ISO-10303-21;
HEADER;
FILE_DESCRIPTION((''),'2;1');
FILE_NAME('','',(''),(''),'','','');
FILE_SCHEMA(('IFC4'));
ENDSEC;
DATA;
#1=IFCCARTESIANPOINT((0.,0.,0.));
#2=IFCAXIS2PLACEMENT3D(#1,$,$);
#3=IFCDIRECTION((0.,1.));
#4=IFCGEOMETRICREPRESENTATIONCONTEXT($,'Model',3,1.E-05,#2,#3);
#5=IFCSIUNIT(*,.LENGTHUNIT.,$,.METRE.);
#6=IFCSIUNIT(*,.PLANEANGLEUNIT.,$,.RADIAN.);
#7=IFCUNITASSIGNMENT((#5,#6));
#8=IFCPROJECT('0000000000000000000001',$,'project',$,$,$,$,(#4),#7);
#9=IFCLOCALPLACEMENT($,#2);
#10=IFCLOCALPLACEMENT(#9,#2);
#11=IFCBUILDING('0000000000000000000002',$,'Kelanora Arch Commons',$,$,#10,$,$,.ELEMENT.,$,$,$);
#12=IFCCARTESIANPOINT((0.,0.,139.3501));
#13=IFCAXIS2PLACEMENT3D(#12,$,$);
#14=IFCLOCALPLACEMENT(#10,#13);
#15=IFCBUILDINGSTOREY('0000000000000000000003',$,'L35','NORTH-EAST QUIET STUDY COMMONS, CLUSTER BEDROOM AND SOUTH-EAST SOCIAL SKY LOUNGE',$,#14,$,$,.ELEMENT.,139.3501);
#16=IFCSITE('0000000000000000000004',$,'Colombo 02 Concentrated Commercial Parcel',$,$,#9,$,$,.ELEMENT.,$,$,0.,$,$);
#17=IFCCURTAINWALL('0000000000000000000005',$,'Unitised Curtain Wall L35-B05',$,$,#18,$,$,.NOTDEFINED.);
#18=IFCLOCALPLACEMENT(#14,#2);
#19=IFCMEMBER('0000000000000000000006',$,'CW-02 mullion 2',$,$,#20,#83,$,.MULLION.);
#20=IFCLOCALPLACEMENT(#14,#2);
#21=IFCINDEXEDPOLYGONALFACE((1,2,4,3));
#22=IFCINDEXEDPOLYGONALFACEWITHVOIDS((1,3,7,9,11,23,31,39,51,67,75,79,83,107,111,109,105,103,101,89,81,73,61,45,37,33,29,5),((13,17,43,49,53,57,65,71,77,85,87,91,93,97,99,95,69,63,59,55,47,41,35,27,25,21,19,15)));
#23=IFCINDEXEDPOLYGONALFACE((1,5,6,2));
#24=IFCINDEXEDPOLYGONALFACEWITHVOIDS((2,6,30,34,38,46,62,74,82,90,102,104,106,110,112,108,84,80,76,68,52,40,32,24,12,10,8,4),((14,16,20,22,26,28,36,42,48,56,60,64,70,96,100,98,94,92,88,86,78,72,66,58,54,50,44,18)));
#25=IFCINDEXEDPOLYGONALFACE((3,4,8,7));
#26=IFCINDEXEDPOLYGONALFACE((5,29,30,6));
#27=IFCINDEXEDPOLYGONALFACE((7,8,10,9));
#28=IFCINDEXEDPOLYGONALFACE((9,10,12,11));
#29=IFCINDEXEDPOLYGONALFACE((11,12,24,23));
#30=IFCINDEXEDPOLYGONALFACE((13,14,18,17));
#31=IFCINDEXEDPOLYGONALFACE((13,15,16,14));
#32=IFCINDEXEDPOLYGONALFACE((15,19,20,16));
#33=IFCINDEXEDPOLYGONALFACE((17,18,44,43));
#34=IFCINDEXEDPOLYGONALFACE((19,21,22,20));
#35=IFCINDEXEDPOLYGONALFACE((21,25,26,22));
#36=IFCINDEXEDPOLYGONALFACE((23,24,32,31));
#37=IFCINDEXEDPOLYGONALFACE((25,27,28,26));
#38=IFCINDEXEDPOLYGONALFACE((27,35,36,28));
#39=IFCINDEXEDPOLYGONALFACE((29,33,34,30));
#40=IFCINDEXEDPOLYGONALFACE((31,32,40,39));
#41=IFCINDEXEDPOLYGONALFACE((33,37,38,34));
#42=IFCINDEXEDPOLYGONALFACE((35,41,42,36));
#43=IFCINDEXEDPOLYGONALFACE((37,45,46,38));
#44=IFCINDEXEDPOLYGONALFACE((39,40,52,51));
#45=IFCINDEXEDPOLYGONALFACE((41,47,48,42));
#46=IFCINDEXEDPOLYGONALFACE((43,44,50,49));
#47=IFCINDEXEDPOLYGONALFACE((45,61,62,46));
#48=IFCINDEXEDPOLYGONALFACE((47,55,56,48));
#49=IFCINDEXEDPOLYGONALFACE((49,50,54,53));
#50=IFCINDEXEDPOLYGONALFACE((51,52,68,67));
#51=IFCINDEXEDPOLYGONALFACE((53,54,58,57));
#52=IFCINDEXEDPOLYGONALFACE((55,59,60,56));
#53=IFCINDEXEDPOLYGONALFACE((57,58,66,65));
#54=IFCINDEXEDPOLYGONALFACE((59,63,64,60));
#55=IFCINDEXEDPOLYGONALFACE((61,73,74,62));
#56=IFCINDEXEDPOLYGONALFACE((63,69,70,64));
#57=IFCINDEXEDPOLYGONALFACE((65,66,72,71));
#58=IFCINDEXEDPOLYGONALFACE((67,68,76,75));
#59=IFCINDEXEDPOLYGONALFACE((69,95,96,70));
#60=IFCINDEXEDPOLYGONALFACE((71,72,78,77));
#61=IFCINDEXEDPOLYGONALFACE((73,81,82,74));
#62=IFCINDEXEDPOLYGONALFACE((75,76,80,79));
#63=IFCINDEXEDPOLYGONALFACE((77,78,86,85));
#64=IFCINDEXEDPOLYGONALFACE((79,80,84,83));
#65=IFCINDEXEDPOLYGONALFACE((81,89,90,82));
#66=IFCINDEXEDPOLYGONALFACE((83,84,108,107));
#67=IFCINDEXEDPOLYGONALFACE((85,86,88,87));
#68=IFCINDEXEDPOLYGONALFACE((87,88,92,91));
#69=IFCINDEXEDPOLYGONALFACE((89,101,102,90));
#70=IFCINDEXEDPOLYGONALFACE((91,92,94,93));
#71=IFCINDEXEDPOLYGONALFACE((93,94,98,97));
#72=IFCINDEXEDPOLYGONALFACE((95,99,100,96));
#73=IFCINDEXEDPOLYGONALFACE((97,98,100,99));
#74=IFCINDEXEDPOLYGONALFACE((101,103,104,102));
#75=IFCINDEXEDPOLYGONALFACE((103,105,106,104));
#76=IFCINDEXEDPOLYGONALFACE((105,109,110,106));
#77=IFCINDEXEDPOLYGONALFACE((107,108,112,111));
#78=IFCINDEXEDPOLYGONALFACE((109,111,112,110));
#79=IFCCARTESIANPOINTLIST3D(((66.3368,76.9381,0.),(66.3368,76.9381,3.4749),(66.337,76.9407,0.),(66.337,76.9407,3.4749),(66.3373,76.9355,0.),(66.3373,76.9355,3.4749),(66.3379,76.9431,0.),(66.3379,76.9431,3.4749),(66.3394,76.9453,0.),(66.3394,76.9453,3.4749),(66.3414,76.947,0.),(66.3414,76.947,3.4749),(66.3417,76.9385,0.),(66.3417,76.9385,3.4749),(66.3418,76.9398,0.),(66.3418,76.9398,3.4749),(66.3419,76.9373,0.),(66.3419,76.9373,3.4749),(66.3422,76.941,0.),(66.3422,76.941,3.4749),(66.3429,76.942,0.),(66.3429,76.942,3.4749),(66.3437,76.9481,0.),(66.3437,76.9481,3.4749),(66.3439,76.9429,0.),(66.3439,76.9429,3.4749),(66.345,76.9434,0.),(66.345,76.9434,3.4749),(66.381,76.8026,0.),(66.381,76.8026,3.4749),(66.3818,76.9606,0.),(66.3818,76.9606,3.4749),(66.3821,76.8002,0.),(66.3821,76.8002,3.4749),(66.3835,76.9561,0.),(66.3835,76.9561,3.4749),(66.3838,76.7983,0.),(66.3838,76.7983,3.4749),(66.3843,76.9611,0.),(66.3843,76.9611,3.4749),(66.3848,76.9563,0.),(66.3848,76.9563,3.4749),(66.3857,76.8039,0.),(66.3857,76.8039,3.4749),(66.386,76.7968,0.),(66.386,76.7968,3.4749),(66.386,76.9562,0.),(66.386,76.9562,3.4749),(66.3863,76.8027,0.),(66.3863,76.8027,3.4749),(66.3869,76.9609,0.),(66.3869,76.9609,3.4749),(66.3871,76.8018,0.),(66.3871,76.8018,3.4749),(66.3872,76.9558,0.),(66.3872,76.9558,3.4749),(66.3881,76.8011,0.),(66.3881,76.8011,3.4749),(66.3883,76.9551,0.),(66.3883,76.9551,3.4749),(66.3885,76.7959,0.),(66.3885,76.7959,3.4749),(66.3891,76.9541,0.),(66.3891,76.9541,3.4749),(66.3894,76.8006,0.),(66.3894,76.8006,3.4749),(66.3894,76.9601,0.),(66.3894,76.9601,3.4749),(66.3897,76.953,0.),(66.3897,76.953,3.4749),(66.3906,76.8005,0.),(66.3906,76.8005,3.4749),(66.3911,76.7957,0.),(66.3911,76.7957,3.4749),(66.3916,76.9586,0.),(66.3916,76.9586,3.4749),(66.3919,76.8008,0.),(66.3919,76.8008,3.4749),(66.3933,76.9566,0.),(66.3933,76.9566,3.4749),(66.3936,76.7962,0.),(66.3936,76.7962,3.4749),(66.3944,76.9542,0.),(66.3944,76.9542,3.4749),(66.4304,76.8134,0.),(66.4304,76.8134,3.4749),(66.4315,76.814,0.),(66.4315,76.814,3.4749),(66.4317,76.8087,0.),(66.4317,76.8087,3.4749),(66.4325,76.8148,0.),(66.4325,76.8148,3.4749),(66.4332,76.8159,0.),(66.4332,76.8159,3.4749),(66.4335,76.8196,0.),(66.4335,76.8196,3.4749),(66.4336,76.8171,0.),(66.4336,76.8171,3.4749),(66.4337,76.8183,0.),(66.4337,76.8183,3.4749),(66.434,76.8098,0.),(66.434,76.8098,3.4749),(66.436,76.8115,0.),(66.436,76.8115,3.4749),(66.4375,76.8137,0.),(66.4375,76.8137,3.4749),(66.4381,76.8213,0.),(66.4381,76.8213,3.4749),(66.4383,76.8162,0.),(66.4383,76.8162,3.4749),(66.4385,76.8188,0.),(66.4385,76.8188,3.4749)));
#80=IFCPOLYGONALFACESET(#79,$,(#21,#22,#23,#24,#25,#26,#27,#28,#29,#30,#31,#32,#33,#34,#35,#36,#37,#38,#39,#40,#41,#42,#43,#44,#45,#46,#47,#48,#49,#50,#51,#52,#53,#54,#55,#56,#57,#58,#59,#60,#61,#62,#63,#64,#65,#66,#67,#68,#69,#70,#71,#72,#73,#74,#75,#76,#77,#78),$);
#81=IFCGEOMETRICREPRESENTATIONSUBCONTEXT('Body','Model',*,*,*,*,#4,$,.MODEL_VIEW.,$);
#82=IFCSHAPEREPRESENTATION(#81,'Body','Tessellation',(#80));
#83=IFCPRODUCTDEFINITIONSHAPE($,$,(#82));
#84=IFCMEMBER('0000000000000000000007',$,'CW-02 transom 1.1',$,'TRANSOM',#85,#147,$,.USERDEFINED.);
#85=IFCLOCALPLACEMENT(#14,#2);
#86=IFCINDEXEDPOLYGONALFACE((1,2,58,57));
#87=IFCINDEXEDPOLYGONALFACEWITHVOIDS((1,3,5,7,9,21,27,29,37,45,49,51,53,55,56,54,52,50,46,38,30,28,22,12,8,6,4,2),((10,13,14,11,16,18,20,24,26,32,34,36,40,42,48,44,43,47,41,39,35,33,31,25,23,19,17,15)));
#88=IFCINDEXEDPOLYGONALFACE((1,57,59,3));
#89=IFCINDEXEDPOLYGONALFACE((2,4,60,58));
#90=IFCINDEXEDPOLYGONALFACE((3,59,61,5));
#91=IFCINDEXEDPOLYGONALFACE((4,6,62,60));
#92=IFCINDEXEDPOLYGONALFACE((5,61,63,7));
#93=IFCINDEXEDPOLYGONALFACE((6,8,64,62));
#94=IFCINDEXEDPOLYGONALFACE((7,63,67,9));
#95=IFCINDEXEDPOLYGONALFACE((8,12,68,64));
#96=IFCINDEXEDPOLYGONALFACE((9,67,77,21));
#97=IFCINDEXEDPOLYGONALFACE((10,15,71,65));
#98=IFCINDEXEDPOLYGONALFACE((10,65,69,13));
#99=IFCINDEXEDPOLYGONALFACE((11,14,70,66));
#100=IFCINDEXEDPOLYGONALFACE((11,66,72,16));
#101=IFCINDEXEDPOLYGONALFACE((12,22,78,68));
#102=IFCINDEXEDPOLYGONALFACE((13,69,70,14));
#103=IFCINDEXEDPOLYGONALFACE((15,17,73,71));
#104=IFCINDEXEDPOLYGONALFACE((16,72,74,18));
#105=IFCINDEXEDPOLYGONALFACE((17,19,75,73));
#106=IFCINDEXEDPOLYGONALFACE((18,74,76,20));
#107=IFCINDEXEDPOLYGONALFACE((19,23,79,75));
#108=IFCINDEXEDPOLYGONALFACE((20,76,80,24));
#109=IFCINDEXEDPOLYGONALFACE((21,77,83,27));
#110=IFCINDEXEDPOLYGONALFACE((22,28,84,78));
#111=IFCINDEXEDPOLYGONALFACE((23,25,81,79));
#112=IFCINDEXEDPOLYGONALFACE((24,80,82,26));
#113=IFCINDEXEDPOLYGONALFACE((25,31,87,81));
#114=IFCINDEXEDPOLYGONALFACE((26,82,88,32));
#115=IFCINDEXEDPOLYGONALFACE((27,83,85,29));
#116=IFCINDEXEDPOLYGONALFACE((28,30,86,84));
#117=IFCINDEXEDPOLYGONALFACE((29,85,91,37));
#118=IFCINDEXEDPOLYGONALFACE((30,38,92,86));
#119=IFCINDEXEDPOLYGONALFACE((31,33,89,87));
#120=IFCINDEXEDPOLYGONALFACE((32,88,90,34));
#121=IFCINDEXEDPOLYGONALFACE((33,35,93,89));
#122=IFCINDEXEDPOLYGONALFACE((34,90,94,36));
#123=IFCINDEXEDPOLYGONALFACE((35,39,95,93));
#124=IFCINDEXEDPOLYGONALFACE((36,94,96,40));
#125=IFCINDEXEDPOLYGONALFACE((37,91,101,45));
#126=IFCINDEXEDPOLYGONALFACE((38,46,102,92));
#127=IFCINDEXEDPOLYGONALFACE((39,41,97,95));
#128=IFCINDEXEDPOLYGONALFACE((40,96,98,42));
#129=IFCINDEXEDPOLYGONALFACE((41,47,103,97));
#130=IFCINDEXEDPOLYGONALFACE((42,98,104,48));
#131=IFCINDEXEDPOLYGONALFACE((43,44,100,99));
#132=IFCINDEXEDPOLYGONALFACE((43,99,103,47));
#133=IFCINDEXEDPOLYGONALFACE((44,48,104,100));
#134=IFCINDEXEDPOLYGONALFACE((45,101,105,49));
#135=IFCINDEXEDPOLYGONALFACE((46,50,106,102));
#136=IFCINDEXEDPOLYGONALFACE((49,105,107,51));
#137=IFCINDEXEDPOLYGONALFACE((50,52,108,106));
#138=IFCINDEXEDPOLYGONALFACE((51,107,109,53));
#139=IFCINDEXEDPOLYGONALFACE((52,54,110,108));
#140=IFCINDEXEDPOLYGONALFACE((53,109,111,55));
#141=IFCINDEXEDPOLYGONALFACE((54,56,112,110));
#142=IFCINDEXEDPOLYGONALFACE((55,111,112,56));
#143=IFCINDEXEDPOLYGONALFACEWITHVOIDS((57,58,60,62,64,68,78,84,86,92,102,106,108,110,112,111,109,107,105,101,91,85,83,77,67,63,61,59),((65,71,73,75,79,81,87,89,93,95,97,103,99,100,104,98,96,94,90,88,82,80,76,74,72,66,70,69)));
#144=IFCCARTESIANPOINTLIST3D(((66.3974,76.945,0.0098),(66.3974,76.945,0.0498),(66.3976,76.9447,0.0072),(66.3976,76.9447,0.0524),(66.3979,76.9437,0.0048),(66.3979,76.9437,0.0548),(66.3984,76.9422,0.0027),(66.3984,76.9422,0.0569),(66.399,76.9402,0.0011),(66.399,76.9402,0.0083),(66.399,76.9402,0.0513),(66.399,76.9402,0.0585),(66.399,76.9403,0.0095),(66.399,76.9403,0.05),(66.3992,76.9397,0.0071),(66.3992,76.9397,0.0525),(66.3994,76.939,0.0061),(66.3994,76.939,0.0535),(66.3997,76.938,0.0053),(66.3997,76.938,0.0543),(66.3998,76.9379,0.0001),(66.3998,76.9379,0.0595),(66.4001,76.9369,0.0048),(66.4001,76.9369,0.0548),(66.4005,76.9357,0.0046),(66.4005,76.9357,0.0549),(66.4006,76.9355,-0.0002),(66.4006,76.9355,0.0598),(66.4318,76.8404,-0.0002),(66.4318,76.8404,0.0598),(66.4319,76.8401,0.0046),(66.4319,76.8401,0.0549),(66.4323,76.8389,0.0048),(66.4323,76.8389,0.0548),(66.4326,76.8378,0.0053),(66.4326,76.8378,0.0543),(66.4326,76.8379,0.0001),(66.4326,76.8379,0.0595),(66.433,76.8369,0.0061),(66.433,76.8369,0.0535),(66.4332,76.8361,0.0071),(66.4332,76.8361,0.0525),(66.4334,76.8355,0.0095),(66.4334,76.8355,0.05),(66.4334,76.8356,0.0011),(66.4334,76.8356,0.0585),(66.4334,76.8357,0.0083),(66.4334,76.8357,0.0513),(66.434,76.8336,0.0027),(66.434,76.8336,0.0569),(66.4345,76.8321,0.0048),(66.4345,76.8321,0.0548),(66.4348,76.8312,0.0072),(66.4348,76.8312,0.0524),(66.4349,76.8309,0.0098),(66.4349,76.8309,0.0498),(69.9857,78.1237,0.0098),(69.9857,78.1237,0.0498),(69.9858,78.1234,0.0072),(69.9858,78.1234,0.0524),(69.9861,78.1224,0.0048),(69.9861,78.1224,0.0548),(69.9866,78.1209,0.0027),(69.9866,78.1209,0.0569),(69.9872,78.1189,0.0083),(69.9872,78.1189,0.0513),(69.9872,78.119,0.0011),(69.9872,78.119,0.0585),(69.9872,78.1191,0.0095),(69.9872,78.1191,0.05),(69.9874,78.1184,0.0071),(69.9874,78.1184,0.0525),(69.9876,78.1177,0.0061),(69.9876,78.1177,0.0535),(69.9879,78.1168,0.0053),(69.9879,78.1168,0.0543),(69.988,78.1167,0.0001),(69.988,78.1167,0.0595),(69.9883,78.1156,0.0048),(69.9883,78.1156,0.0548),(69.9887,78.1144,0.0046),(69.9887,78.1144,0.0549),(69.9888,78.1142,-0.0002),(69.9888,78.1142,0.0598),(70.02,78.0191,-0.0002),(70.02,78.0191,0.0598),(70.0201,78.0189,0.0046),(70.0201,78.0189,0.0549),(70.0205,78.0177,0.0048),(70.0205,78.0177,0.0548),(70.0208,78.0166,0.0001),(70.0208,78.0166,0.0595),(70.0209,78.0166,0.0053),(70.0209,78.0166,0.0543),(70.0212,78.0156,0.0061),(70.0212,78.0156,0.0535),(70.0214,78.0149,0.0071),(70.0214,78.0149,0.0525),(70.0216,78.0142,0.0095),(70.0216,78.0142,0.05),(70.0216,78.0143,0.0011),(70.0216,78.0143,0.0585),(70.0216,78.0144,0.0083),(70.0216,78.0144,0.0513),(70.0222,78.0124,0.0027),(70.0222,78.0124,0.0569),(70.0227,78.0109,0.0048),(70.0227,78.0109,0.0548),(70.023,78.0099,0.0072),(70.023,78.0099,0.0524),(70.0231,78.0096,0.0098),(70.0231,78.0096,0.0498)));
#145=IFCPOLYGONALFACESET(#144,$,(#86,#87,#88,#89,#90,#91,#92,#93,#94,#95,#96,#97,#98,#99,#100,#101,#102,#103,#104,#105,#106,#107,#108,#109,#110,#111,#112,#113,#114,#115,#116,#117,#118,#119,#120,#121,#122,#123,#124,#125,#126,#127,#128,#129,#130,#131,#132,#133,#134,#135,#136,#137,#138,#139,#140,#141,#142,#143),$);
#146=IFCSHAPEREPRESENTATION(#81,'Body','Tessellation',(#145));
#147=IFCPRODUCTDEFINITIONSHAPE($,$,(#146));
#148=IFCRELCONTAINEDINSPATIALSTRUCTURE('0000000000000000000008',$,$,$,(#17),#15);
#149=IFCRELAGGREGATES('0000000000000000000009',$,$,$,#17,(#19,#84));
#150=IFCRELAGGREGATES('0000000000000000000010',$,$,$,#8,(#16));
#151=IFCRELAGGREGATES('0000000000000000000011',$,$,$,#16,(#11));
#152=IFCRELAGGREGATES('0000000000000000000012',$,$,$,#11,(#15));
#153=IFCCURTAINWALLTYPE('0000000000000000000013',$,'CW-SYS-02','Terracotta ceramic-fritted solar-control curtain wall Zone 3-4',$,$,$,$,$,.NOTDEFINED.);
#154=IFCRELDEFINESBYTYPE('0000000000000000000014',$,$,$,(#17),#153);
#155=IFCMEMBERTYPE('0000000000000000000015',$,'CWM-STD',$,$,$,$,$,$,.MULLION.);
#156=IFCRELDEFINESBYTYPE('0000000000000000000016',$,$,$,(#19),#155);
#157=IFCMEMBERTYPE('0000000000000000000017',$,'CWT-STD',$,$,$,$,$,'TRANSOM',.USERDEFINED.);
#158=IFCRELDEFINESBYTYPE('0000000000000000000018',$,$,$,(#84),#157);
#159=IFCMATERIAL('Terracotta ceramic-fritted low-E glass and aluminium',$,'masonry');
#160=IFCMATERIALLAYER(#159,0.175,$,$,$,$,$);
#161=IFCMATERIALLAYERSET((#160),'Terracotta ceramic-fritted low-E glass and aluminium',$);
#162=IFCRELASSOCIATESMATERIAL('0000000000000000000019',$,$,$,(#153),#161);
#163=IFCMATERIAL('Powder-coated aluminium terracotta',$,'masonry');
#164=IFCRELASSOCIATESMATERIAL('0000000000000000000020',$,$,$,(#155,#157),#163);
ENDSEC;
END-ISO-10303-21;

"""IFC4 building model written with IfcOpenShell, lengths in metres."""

from ifc_helpers import new_model, si_unit, direction, frame, origin, origin_2d, place, context, subcontext, project, spatial, hollow_rectangle, extrude, material, layer, layer_set, material_profile, profile_set, type_object, element, aggregate, save


model = new_model("IFC4")

# Units and contexts
model_context = context("Model", 3, precision=1e-05, world=origin(), true_north=direction((0.0, 1.0)))
body_context = subcontext(model_context, "Body", "Model", "MODEL_VIEW")
ifc_project = project(units=[si_unit("LENGTHUNIT", "METRE"), si_unit("PLANEANGLEUNIT", "RADIAN")], contexts=[model_context])

# Site, building, storey
site_placement = place(None, origin())
site = spatial("IfcSite", under=ifc_project, at=site_placement, Name="Colombo 02 Concentrated Commercial Parcel", CompositionType="ELEMENT", RefElevation=0.0)
building_placement = place(site_placement, origin())
building = spatial("IfcBuilding", under=site, at=building_placement, Name="Kelanora Arch Commons", CompositionType="ELEMENT")
storey_placement = place(building_placement, frame((0.0, 0.0, 139.3501)))
storey = spatial("IfcBuildingStorey", under=building, at=storey_placement, Name="L35", Description="NORTH-EAST QUIET STUDY COMMONS, CLUSTER BEDROOM AND SOUTH-EAST SOCIAL SKY LOUNGE", CompositionType="ELEMENT", Elevation=139.3501)

# Curtain wall, members
ifc_material_1 = material(Name="Terracotta ceramic-fritted low-E glass and aluminium", Category="masonry")
ifc_layer_1 = layer(ifc_material_1, 0.175)
ifc_layer_set_1 = layer_set([ifc_layer_1], Name="Terracotta ceramic-fritted low-E glass and aluminium")
curtain_wall_type = type_object("IfcCurtainWallType", Name="CW-SYS-02", Description="Terracotta ceramic-fritted solar-control curtain wall Zone 3-4", PredefinedType="NOTDEFINED", material=ifc_layer_set_1)
curtain_wall_placement = place(storey_placement, origin())
curtain_wall = element("IfcCurtainWall", 1, at=curtain_wall_placement, inside=storey, type_object=curtain_wall_type, Name="Unitised Curtain Wall L35-B05", PredefinedType="NOTDEFINED")
ifc_material_2 = material(Name="Powder-coated aluminium terracotta", Category="masonry")
ifc_material_profile_1 = material_profile(ifc_material_2, hollow_rectangle(XDim=0.1599, YDim=0.0601, WallThickness=0.0049, InnerFilletRadius=0.0049, OuterFilletRadius=0.01, at=origin_2d()), Name="CWM160x60")
ifc_profile_set_1 = profile_set([ifc_material_profile_1], Name="Powder-coated aluminium terracotta")
member_type_1 = type_object("IfcMemberType", Name="CWM-STD", PredefinedType="MULLION", material=ifc_profile_set_1)
member_1_placement = place(storey_placement, frame((66.3877, 76.8784, 0.0), z_axis=(0.0, 0.0, 1.0), x_axis=(0.312128, -0.95004, 0.0)))
member_1 = element("IfcMember", 2, at=member_1_placement, type_object=member_type_1, Name="CW-02 mullion 2", PredefinedType="MULLION", context=body_context, shape_type="SweptSolid", body=[
    extrude(hollow_rectangle(XDim=0.1599, YDim=0.0601, WallThickness=0.0049, InnerFilletRadius=0.0049, OuterFilletRadius=0.01, at=origin_2d()), origin(), (0.0, 0.0, 1.0), 3.4749),
])
ifc_material_profile_2 = material_profile(ifc_material_2, hollow_rectangle(XDim=0.1201, YDim=0.0601, WallThickness=0.0049, InnerFilletRadius=0.0049, OuterFilletRadius=0.01, at=origin_2d()), Name="CWT120x60")
ifc_profile_set_2 = profile_set([ifc_material_profile_2], Name="Powder-coated aluminium terracotta")
member_type_2 = type_object("IfcMemberType", Name="CWT-STD", ElementType="TRANSOM", PredefinedType="USERDEFINED", material=ifc_profile_set_2)
member_2_placement = place(storey_placement, frame((70.0044, 78.0667, 0.0298), z_axis=(-0.950051, -0.312094, 0.0), x_axis=(0.312094, -0.950051, 0.0)))
member_2 = element("IfcMember", 3, at=member_2_placement, type_object=member_type_2, Name="CW-02 transom 1.1", ObjectType="TRANSOM", PredefinedType="USERDEFINED", context=body_context, shape_type="SweptSolid", body=[
    extrude(hollow_rectangle(XDim=0.1201, YDim=0.0601, WallThickness=0.0049, InnerFilletRadius=0.0049, OuterFilletRadius=0.01, at=origin_2d()), origin(), (0.0, 0.0, 1.0), 3.7769),
])
aggregate(curtain_wall, [member_1, member_2])

save(model, "model.ifc")
